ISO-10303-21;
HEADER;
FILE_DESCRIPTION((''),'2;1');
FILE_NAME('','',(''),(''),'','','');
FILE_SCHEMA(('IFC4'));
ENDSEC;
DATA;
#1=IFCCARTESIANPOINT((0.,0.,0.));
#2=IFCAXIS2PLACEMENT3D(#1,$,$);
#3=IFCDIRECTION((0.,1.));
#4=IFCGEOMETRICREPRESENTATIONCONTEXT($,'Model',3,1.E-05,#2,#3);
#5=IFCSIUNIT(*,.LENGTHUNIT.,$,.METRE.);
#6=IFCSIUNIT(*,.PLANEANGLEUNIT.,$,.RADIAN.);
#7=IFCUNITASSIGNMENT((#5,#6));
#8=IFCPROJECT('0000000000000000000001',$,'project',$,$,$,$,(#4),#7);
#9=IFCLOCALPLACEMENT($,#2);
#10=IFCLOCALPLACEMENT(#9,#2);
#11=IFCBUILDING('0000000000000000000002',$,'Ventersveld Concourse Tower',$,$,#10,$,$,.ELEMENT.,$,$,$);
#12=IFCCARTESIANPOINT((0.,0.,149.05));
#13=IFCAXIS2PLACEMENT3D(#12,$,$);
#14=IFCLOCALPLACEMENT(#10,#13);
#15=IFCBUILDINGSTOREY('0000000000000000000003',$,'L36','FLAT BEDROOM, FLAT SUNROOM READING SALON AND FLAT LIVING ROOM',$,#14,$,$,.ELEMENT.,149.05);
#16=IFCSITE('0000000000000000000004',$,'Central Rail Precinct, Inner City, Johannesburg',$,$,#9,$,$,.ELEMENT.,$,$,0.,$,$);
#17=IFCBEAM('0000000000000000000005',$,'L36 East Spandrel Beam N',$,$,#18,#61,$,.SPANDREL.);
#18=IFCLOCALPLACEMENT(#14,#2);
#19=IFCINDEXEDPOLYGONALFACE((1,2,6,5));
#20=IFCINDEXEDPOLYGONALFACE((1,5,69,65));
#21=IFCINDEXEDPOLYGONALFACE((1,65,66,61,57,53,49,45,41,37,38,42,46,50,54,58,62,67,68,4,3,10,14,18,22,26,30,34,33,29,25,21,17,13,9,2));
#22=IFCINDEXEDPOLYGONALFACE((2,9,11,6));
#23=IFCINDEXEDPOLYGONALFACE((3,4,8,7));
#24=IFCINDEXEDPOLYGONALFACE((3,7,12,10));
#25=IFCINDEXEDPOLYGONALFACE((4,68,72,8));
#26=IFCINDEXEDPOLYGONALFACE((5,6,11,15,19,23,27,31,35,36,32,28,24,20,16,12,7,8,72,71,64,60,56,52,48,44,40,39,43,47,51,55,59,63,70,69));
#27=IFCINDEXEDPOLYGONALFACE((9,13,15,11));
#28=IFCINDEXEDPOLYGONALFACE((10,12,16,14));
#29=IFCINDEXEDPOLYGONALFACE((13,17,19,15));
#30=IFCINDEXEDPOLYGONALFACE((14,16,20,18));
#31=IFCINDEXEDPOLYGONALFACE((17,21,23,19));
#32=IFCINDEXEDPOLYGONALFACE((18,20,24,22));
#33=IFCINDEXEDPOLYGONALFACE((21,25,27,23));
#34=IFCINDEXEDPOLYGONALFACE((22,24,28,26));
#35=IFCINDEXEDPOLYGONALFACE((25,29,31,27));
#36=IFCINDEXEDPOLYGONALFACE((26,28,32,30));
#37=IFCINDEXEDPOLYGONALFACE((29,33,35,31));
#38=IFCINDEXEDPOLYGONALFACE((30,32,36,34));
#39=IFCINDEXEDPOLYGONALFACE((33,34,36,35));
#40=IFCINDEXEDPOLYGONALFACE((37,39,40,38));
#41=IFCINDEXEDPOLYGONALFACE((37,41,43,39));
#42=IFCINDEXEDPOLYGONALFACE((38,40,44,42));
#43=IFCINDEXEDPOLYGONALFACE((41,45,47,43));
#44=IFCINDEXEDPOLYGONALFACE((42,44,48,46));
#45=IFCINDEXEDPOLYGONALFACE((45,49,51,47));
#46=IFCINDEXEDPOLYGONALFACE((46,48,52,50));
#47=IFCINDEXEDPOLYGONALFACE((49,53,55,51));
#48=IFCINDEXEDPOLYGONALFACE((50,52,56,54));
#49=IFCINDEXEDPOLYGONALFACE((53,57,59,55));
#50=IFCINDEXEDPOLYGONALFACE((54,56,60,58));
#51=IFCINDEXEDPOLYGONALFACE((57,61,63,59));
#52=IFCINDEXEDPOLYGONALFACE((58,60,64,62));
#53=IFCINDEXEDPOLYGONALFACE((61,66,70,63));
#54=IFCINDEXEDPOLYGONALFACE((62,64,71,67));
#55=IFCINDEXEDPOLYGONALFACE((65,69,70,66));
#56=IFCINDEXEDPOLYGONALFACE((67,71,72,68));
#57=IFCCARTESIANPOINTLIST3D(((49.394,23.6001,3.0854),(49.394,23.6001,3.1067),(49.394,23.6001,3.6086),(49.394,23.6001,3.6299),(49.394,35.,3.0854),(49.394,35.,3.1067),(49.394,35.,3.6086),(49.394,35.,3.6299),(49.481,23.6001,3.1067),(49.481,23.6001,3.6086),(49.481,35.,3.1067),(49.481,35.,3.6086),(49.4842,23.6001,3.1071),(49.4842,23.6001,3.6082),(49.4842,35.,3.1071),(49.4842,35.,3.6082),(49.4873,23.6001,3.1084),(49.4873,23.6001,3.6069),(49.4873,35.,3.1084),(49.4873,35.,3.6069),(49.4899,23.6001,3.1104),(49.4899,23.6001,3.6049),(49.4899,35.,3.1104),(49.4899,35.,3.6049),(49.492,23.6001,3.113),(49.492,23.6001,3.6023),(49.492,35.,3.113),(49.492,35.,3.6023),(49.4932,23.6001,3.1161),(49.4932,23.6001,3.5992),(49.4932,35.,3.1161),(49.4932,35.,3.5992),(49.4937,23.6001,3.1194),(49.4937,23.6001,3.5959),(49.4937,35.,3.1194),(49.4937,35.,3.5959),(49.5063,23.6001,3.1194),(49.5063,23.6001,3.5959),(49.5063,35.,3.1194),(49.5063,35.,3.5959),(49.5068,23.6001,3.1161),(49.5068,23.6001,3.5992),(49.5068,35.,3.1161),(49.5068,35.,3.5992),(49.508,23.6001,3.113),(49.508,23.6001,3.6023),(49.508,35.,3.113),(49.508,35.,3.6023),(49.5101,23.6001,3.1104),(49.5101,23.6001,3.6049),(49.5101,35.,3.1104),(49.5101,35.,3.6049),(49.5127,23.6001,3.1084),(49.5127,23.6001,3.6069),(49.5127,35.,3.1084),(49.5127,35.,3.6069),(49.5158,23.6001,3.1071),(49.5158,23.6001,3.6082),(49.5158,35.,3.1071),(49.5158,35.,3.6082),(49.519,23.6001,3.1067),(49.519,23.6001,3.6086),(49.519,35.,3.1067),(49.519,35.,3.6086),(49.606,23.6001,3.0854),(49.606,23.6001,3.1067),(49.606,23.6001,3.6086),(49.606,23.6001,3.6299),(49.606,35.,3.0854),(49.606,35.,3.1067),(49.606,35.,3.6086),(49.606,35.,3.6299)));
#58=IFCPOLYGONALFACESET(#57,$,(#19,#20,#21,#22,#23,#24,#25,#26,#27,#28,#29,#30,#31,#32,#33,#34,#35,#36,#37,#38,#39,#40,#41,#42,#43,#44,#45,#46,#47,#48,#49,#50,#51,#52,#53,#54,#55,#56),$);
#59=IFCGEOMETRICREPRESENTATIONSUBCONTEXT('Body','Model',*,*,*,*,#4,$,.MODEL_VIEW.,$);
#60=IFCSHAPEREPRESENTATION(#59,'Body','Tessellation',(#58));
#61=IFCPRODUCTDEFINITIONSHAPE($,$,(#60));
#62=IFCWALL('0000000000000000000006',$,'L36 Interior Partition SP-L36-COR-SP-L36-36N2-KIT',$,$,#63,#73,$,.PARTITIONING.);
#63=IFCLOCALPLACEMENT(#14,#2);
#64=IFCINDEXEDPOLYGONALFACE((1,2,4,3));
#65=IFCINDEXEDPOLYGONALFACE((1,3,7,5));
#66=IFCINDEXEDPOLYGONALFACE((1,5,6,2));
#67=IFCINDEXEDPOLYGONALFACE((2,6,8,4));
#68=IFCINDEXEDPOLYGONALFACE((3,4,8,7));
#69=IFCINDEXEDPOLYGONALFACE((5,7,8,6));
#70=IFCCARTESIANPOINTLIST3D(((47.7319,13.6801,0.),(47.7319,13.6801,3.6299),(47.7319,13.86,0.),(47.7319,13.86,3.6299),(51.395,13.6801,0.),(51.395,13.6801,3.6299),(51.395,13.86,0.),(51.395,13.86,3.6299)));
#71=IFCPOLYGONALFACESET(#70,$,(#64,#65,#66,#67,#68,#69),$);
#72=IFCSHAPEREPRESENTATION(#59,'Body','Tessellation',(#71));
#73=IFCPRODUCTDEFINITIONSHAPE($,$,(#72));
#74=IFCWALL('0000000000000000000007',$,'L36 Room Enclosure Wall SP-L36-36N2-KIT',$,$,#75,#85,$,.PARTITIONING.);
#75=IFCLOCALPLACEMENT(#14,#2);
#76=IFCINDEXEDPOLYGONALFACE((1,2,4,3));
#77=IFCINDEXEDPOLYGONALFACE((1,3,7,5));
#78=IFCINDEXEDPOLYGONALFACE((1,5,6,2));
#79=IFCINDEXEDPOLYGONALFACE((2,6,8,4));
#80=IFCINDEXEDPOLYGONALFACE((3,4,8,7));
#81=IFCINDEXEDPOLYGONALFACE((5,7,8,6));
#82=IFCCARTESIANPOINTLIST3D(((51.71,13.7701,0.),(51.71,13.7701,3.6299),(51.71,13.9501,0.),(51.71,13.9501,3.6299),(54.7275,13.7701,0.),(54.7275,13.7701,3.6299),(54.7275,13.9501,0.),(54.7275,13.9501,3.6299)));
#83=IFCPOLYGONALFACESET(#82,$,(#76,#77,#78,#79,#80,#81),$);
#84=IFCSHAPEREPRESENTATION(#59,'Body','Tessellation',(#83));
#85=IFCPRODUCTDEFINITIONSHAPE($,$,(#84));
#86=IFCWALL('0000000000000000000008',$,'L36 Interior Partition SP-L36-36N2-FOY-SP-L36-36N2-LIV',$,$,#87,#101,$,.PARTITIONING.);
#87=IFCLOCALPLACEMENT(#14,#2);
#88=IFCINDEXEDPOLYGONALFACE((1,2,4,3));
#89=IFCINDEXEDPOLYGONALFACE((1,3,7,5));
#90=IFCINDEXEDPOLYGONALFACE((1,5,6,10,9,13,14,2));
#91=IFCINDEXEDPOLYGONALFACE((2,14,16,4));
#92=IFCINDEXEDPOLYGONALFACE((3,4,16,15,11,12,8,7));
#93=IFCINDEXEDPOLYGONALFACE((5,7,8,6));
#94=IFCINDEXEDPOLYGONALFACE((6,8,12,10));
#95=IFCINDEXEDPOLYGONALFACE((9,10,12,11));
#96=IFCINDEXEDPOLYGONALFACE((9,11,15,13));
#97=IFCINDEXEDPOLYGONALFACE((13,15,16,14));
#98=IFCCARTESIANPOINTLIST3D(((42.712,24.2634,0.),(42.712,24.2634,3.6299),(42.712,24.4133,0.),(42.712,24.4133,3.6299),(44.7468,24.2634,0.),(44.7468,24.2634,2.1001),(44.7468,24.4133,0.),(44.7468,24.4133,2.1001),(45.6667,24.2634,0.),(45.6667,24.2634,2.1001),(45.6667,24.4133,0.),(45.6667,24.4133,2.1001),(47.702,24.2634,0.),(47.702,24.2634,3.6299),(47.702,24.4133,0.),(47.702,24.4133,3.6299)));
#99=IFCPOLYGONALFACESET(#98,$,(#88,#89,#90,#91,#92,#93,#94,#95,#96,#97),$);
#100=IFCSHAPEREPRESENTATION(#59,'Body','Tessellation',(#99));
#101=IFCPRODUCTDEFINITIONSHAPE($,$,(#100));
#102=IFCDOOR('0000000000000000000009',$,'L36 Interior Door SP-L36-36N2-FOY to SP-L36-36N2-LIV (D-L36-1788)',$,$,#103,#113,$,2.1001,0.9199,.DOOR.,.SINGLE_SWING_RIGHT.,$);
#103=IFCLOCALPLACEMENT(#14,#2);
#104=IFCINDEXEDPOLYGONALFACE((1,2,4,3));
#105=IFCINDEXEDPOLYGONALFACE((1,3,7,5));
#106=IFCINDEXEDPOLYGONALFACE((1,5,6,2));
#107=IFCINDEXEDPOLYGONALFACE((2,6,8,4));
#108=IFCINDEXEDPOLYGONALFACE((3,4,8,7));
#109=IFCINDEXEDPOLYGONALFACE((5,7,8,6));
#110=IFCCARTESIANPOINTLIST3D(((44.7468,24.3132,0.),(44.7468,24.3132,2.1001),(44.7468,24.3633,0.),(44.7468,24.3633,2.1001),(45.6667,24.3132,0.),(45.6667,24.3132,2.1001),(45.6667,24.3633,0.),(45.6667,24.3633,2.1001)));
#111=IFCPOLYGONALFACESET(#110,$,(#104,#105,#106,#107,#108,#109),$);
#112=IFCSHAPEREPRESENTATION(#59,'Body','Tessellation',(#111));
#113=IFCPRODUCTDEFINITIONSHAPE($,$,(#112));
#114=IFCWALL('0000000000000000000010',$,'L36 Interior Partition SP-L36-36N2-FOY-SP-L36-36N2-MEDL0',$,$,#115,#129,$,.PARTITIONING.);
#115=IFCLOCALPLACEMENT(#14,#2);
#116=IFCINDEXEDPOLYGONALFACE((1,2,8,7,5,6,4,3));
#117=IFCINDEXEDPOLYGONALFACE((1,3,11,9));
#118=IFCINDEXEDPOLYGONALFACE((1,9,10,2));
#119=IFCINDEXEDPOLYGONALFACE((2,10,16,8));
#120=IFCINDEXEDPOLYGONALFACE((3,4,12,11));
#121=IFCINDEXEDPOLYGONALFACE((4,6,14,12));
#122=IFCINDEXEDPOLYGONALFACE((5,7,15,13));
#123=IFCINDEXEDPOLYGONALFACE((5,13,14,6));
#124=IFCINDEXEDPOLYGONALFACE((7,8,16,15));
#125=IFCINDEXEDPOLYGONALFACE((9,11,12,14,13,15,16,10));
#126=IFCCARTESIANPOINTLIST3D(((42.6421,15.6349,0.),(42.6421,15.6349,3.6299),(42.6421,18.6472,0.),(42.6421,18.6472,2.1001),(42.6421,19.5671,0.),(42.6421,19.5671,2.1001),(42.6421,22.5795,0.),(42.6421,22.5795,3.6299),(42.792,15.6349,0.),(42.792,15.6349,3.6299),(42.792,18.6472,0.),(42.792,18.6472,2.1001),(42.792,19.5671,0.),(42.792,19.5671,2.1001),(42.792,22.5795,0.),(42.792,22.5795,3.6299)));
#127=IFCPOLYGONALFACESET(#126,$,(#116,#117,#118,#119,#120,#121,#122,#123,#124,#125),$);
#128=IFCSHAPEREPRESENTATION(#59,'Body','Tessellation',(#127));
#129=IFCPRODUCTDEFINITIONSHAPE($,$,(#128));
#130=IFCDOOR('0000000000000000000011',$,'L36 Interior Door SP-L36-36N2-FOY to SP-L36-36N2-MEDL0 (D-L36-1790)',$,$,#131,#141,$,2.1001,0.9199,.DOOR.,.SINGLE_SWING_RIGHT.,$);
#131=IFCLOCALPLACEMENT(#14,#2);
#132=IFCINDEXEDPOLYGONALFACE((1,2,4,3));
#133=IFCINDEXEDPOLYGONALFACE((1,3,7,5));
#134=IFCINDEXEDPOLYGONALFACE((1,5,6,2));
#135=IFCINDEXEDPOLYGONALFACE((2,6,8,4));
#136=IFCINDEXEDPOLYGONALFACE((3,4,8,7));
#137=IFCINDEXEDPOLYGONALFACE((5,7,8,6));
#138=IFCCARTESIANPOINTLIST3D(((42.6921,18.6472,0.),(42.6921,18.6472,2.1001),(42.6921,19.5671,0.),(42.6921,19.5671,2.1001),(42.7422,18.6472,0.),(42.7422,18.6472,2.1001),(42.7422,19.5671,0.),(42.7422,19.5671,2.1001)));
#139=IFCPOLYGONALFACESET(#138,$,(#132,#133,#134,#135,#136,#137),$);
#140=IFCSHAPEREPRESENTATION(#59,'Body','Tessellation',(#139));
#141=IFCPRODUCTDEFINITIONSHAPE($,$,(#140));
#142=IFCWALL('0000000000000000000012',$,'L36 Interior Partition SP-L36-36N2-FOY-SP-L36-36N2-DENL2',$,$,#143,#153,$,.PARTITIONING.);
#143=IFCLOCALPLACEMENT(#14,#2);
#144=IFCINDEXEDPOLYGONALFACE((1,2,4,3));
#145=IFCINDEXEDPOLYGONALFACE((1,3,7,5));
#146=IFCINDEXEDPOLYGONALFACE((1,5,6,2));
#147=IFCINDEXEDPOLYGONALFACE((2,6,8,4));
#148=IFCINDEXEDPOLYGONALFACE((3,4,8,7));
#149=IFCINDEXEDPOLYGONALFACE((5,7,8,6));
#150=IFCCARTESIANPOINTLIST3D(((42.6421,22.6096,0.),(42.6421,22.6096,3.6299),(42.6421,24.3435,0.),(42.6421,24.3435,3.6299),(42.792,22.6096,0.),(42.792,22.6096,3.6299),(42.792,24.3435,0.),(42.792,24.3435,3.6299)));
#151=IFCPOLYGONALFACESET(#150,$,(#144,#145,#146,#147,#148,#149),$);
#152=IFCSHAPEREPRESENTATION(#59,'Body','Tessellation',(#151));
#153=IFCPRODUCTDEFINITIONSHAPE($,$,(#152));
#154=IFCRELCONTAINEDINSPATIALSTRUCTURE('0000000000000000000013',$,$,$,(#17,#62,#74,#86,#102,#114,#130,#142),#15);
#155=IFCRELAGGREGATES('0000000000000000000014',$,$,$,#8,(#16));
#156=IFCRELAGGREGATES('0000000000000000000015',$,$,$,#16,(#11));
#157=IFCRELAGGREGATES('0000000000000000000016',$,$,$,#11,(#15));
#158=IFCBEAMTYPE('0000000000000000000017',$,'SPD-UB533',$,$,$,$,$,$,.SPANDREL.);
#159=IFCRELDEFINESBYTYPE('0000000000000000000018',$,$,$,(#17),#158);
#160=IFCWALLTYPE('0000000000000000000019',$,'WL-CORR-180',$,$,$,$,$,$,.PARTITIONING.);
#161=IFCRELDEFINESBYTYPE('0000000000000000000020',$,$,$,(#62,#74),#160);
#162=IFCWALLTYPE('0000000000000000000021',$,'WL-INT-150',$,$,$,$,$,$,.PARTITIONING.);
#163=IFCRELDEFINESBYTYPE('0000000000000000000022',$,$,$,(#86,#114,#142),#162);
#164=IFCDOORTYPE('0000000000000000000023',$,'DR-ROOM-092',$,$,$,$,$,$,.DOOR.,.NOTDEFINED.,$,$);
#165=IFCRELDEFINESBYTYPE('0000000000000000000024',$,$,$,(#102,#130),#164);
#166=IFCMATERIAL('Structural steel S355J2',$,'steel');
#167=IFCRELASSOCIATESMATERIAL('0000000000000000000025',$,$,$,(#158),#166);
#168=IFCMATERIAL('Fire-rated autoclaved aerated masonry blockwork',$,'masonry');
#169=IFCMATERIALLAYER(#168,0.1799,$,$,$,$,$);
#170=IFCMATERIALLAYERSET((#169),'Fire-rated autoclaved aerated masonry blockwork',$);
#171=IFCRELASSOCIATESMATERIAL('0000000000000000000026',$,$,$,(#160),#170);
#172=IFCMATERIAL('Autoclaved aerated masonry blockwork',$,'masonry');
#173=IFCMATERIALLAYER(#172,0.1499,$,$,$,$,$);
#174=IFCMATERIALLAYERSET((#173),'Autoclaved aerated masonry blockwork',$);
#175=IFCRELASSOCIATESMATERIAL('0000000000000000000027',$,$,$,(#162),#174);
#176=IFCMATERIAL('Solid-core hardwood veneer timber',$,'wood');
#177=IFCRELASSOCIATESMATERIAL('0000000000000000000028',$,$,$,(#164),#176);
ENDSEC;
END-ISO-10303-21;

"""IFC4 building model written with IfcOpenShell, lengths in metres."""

from ifc_helpers import new_model, si_unit, direction, frame, frame_2d, origin, origin_2d, place, context, subcontext, project, spatial, rectangle, i_section, extrude, material, layer, layer_set, material_profile, profile_set, type_object, element, fill, save


model = new_model("IFC4")

# Units and contexts
model_context = context("Model", 3, precision=1e-05, world=origin(), true_north=direction((0.0, 1.0)))
body_context = subcontext(model_context, "Body", "Model", "MODEL_VIEW")
ifc_project = project(units=[si_unit("LENGTHUNIT", "METRE"), si_unit("PLANEANGLEUNIT", "RADIAN")], contexts=[model_context])

# Site, building, storey
site_placement = place(None, origin())
site = spatial("IfcSite", under=ifc_project, at=site_placement, Name="Central Rail Precinct, Inner City, Johannesburg", CompositionType="ELEMENT", RefElevation=0.0)
building_placement = place(site_placement, origin())
building = spatial("IfcBuilding", under=site, at=building_placement, Name="Ventersveld Concourse Tower", CompositionType="ELEMENT")
storey_placement = place(building_placement, frame((0.0, 0.0, 149.05)))
storey = spatial("IfcBuildingStorey", under=building, at=storey_placement, Name="L36", Description="FLAT BEDROOM, FLAT SUNROOM READING SALON AND FLAT LIVING ROOM", CompositionType="ELEMENT", Elevation=149.05)

# Beam
ifc_material_1 = material(Name="Structural steel S355J2", Category="steel")
ifc_material_profile_1 = material_profile(ifc_material_1, i_section(OverallWidth=0.2119, OverallDepth=0.5444, WebThickness=0.0127, FlangeThickness=0.0212, FilletRadius=0.0127, at=origin_2d()), Name="UB 533x210x122")
ifc_profile_set_1 = profile_set([ifc_material_profile_1], Name="Structural steel S355J2")
beam_type_1 = type_object("IfcBeamType", Name="SPD-UB533", PredefinedType="SPANDREL", material=ifc_profile_set_1)
beam_1_placement = place(storey_placement, frame((49.5, 23.6001, 3.3577), z_axis=(0.0, 1.0, 0.0), x_axis=(-1.0, 0.0, 0.0)))
element("IfcBeam", 1, at=beam_1_placement, inside=storey, type_object=beam_type_1, Name="L36 East Spandrel Beam N", PredefinedType="SPANDREL", context=body_context, shape_type="SweptSolid", body=[
    extrude(i_section(OverallWidth=0.2119, OverallDepth=0.5444, WebThickness=0.0127, FlangeThickness=0.0212, FilletRadius=0.0127, at=origin_2d()), origin(), (0.0, 0.0, 1.0), 11.3999),
])

# Shared definitions
ifc_material_2 = material(Name="Fire-rated autoclaved aerated masonry blockwork", Category="masonry")
ifc_layer_1 = layer(ifc_material_2, 0.1799)
ifc_layer_set_1 = layer_set([ifc_layer_1], Name="Fire-rated autoclaved aerated masonry blockwork")
wall_type_1 = type_object("IfcWallType", Name="WL-CORR-180", PredefinedType="PARTITIONING", material=ifc_layer_set_1)
ifc_material_3 = material(Name="Solid-core hardwood veneer timber", Category="wood")

# Walls
wall_1_placement = place(storey_placement, frame((47.7319, 13.77, 0.0), z_axis=(0.0, 0.0, 1.0), x_axis=(1.0, 0.0, 0.0)))
element("IfcWall", 2, at=wall_1_placement, inside=storey, type_object=wall_type_1, Name="L36 Interior Partition SP-L36-COR-SP-L36-36N2-KIT", PredefinedType="PARTITIONING", context=body_context, shape_type="SweptSolid", body=[
    extrude(rectangle(XDim=3.6631, YDim=0.1799, at=frame_2d((1.8315, 0.0))), origin(), (0.0, 0.0, 1.0), 3.6299),
])
wall_2_placement = place(storey_placement, frame((54.7275, 13.8601, 0.0), z_axis=(0.0, 0.0, 1.0), x_axis=(-1.0, 0.0, 0.0)))
element("IfcWall", 3, at=wall_2_placement, inside=storey, type_object=wall_type_1, Name="L36 Room Enclosure Wall SP-L36-36N2-KIT", PredefinedType="PARTITIONING", context=body_context, shape_type="SweptSolid", body=[
    extrude(rectangle(XDim=3.0176, YDim=0.1799, at=frame_2d((1.5088, 0.0))), origin(), (0.0, 0.0, 1.0), 3.6299),
])

# Walls, openings, doors
ifc_material_4 = material(Name="Autoclaved aerated masonry blockwork", Category="masonry")
ifc_layer_2 = layer(ifc_material_4, 0.1499)
ifc_layer_set_2 = layer_set([ifc_layer_2], Name="Autoclaved aerated masonry blockwork")
wall_type_2 = type_object("IfcWallType", Name="WL-INT-150", PredefinedType="PARTITIONING", material=ifc_layer_set_2)
wall_3_placement = place(storey_placement, frame((42.7119, 24.3384, 0.0), z_axis=(0.0, 0.0, 1.0), x_axis=(1.0, 0.0, 0.0)))
wall_3 = element("IfcWall", 4, at=wall_3_placement, inside=storey, type_object=wall_type_2, Name="L36 Interior Partition SP-L36-36N2-FOY-SP-L36-36N2-LIV", PredefinedType="PARTITIONING", context=body_context, shape_type="SweptSolid", body=[
    extrude(rectangle(XDim=4.99, YDim=0.1499, at=frame_2d((2.4951, 0.0))), origin(), (0.0, 0.0, 1.0), 3.6299),
])
opening_1_placement = place(wall_3_placement, frame((2.0349, 0.0, 0.0)))
opening_1 = element("IfcOpeningElement", 5, at=opening_1_placement, cuts=wall_3, PredefinedType="OPENING", context=body_context, shape_type="SweptSolid", body=[
    extrude(rectangle(XDim=0.9199, YDim=2.1001, at=frame_2d((0.46, 1.05))), frame((0.0, 0.085, 0.0), z_axis=(0.0, -1.0, 0.0), x_axis=(1.0, 0.0, 0.0)), (0.0, 0.0, 1.0), 0.1699),
])
door_type_1 = type_object("IfcDoorType", Name="DR-ROOM-092", OperationType="NOTDEFINED", PredefinedType="DOOR", material=ifc_material_3)
door_1_placement = place(opening_1_placement, origin())
door_1 = element("IfcDoor", 6, at=door_1_placement, inside=storey, type_object=door_type_1, Name="L36 Interior Door SP-L36-36N2-FOY to SP-L36-36N2-LIV (D-L36-1788)", OperationType="SINGLE_SWING_RIGHT", OverallHeight=2.1001, OverallWidth=0.9199, PredefinedType="DOOR", context=body_context, shape_type="SweptSolid", body=[
    extrude(rectangle(XDim=0.9199, YDim=2.1001, at=frame_2d((0.46, 1.05))), frame((0.0, 0.0249, 0.0), z_axis=(0.0, -1.0, 0.0), x_axis=(1.0, 0.0, 0.0)), (0.0, 0.0, 1.0), 0.05),
])
fill(opening_1, door_1)
wall_4_placement = place(storey_placement, frame((42.717, 15.635, 0.0), z_axis=(0.0, 0.0, 1.0), x_axis=(0.0, 1.0, 0.0)))
wall_4 = element("IfcWall", 7, at=wall_4_placement, inside=storey, type_object=wall_type_2, Name="L36 Interior Partition SP-L36-36N2-FOY-SP-L36-36N2-MEDL0", PredefinedType="PARTITIONING", context=body_context, shape_type="SweptSolid", body=[
    extrude(rectangle(XDim=6.9446, YDim=0.1499, at=frame_2d((3.4722, 0.0))), origin(), (0.0, 0.0, 1.0), 3.6299),
])
opening_2_placement = place(wall_4_placement, frame((3.0122, 0.0, 0.0)))
opening_2 = element("IfcOpeningElement", 8, at=opening_2_placement, cuts=wall_4, PredefinedType="OPENING", context=body_context, shape_type="SweptSolid", body=[
    extrude(rectangle(XDim=0.9199, YDim=2.1001, at=frame_2d((0.46, 1.05))), frame((0.0, 0.085, 0.0), z_axis=(0.0, -1.0, 0.0), x_axis=(1.0, 0.0, 0.0)), (0.0, 0.0, 1.0), 0.1699),
])
door_2_placement = place(opening_2_placement, origin())
door_2 = element("IfcDoor", 9, at=door_2_placement, inside=storey, type_object=door_type_1, Name="L36 Interior Door SP-L36-36N2-FOY to SP-L36-36N2-MEDL0 (D-L36-1790)", OperationType="SINGLE_SWING_RIGHT", OverallHeight=2.1001, OverallWidth=0.9199, PredefinedType="DOOR", context=body_context, shape_type="SweptSolid", body=[
    extrude(rectangle(XDim=0.9199, YDim=2.1001, at=frame_2d((0.46, 1.05))), frame((0.0, 0.0249, 0.0), z_axis=(0.0, -1.0, 0.0), x_axis=(1.0, 0.0, 0.0)), (0.0, 0.0, 1.0), 0.05),
])
fill(opening_2, door_2)

# Wall
wall_5_placement = place(storey_placement, frame((42.717, 22.6096, 0.0), z_axis=(0.0, 0.0, 1.0), x_axis=(0.0, 1.0, 0.0)))
element("IfcWall", 10, at=wall_5_placement, inside=storey, type_object=wall_type_2, Name="L36 Interior Partition SP-L36-36N2-FOY-SP-L36-36N2-DENL2", PredefinedType="PARTITIONING", context=body_context, shape_type="SweptSolid", body=[
    extrude(rectangle(XDim=1.7339, YDim=0.1499, at=frame_2d((0.8669, 0.0))), origin(), (0.0, 0.0, 1.0), 3.6299),
])

save(model, "model.ifc")
